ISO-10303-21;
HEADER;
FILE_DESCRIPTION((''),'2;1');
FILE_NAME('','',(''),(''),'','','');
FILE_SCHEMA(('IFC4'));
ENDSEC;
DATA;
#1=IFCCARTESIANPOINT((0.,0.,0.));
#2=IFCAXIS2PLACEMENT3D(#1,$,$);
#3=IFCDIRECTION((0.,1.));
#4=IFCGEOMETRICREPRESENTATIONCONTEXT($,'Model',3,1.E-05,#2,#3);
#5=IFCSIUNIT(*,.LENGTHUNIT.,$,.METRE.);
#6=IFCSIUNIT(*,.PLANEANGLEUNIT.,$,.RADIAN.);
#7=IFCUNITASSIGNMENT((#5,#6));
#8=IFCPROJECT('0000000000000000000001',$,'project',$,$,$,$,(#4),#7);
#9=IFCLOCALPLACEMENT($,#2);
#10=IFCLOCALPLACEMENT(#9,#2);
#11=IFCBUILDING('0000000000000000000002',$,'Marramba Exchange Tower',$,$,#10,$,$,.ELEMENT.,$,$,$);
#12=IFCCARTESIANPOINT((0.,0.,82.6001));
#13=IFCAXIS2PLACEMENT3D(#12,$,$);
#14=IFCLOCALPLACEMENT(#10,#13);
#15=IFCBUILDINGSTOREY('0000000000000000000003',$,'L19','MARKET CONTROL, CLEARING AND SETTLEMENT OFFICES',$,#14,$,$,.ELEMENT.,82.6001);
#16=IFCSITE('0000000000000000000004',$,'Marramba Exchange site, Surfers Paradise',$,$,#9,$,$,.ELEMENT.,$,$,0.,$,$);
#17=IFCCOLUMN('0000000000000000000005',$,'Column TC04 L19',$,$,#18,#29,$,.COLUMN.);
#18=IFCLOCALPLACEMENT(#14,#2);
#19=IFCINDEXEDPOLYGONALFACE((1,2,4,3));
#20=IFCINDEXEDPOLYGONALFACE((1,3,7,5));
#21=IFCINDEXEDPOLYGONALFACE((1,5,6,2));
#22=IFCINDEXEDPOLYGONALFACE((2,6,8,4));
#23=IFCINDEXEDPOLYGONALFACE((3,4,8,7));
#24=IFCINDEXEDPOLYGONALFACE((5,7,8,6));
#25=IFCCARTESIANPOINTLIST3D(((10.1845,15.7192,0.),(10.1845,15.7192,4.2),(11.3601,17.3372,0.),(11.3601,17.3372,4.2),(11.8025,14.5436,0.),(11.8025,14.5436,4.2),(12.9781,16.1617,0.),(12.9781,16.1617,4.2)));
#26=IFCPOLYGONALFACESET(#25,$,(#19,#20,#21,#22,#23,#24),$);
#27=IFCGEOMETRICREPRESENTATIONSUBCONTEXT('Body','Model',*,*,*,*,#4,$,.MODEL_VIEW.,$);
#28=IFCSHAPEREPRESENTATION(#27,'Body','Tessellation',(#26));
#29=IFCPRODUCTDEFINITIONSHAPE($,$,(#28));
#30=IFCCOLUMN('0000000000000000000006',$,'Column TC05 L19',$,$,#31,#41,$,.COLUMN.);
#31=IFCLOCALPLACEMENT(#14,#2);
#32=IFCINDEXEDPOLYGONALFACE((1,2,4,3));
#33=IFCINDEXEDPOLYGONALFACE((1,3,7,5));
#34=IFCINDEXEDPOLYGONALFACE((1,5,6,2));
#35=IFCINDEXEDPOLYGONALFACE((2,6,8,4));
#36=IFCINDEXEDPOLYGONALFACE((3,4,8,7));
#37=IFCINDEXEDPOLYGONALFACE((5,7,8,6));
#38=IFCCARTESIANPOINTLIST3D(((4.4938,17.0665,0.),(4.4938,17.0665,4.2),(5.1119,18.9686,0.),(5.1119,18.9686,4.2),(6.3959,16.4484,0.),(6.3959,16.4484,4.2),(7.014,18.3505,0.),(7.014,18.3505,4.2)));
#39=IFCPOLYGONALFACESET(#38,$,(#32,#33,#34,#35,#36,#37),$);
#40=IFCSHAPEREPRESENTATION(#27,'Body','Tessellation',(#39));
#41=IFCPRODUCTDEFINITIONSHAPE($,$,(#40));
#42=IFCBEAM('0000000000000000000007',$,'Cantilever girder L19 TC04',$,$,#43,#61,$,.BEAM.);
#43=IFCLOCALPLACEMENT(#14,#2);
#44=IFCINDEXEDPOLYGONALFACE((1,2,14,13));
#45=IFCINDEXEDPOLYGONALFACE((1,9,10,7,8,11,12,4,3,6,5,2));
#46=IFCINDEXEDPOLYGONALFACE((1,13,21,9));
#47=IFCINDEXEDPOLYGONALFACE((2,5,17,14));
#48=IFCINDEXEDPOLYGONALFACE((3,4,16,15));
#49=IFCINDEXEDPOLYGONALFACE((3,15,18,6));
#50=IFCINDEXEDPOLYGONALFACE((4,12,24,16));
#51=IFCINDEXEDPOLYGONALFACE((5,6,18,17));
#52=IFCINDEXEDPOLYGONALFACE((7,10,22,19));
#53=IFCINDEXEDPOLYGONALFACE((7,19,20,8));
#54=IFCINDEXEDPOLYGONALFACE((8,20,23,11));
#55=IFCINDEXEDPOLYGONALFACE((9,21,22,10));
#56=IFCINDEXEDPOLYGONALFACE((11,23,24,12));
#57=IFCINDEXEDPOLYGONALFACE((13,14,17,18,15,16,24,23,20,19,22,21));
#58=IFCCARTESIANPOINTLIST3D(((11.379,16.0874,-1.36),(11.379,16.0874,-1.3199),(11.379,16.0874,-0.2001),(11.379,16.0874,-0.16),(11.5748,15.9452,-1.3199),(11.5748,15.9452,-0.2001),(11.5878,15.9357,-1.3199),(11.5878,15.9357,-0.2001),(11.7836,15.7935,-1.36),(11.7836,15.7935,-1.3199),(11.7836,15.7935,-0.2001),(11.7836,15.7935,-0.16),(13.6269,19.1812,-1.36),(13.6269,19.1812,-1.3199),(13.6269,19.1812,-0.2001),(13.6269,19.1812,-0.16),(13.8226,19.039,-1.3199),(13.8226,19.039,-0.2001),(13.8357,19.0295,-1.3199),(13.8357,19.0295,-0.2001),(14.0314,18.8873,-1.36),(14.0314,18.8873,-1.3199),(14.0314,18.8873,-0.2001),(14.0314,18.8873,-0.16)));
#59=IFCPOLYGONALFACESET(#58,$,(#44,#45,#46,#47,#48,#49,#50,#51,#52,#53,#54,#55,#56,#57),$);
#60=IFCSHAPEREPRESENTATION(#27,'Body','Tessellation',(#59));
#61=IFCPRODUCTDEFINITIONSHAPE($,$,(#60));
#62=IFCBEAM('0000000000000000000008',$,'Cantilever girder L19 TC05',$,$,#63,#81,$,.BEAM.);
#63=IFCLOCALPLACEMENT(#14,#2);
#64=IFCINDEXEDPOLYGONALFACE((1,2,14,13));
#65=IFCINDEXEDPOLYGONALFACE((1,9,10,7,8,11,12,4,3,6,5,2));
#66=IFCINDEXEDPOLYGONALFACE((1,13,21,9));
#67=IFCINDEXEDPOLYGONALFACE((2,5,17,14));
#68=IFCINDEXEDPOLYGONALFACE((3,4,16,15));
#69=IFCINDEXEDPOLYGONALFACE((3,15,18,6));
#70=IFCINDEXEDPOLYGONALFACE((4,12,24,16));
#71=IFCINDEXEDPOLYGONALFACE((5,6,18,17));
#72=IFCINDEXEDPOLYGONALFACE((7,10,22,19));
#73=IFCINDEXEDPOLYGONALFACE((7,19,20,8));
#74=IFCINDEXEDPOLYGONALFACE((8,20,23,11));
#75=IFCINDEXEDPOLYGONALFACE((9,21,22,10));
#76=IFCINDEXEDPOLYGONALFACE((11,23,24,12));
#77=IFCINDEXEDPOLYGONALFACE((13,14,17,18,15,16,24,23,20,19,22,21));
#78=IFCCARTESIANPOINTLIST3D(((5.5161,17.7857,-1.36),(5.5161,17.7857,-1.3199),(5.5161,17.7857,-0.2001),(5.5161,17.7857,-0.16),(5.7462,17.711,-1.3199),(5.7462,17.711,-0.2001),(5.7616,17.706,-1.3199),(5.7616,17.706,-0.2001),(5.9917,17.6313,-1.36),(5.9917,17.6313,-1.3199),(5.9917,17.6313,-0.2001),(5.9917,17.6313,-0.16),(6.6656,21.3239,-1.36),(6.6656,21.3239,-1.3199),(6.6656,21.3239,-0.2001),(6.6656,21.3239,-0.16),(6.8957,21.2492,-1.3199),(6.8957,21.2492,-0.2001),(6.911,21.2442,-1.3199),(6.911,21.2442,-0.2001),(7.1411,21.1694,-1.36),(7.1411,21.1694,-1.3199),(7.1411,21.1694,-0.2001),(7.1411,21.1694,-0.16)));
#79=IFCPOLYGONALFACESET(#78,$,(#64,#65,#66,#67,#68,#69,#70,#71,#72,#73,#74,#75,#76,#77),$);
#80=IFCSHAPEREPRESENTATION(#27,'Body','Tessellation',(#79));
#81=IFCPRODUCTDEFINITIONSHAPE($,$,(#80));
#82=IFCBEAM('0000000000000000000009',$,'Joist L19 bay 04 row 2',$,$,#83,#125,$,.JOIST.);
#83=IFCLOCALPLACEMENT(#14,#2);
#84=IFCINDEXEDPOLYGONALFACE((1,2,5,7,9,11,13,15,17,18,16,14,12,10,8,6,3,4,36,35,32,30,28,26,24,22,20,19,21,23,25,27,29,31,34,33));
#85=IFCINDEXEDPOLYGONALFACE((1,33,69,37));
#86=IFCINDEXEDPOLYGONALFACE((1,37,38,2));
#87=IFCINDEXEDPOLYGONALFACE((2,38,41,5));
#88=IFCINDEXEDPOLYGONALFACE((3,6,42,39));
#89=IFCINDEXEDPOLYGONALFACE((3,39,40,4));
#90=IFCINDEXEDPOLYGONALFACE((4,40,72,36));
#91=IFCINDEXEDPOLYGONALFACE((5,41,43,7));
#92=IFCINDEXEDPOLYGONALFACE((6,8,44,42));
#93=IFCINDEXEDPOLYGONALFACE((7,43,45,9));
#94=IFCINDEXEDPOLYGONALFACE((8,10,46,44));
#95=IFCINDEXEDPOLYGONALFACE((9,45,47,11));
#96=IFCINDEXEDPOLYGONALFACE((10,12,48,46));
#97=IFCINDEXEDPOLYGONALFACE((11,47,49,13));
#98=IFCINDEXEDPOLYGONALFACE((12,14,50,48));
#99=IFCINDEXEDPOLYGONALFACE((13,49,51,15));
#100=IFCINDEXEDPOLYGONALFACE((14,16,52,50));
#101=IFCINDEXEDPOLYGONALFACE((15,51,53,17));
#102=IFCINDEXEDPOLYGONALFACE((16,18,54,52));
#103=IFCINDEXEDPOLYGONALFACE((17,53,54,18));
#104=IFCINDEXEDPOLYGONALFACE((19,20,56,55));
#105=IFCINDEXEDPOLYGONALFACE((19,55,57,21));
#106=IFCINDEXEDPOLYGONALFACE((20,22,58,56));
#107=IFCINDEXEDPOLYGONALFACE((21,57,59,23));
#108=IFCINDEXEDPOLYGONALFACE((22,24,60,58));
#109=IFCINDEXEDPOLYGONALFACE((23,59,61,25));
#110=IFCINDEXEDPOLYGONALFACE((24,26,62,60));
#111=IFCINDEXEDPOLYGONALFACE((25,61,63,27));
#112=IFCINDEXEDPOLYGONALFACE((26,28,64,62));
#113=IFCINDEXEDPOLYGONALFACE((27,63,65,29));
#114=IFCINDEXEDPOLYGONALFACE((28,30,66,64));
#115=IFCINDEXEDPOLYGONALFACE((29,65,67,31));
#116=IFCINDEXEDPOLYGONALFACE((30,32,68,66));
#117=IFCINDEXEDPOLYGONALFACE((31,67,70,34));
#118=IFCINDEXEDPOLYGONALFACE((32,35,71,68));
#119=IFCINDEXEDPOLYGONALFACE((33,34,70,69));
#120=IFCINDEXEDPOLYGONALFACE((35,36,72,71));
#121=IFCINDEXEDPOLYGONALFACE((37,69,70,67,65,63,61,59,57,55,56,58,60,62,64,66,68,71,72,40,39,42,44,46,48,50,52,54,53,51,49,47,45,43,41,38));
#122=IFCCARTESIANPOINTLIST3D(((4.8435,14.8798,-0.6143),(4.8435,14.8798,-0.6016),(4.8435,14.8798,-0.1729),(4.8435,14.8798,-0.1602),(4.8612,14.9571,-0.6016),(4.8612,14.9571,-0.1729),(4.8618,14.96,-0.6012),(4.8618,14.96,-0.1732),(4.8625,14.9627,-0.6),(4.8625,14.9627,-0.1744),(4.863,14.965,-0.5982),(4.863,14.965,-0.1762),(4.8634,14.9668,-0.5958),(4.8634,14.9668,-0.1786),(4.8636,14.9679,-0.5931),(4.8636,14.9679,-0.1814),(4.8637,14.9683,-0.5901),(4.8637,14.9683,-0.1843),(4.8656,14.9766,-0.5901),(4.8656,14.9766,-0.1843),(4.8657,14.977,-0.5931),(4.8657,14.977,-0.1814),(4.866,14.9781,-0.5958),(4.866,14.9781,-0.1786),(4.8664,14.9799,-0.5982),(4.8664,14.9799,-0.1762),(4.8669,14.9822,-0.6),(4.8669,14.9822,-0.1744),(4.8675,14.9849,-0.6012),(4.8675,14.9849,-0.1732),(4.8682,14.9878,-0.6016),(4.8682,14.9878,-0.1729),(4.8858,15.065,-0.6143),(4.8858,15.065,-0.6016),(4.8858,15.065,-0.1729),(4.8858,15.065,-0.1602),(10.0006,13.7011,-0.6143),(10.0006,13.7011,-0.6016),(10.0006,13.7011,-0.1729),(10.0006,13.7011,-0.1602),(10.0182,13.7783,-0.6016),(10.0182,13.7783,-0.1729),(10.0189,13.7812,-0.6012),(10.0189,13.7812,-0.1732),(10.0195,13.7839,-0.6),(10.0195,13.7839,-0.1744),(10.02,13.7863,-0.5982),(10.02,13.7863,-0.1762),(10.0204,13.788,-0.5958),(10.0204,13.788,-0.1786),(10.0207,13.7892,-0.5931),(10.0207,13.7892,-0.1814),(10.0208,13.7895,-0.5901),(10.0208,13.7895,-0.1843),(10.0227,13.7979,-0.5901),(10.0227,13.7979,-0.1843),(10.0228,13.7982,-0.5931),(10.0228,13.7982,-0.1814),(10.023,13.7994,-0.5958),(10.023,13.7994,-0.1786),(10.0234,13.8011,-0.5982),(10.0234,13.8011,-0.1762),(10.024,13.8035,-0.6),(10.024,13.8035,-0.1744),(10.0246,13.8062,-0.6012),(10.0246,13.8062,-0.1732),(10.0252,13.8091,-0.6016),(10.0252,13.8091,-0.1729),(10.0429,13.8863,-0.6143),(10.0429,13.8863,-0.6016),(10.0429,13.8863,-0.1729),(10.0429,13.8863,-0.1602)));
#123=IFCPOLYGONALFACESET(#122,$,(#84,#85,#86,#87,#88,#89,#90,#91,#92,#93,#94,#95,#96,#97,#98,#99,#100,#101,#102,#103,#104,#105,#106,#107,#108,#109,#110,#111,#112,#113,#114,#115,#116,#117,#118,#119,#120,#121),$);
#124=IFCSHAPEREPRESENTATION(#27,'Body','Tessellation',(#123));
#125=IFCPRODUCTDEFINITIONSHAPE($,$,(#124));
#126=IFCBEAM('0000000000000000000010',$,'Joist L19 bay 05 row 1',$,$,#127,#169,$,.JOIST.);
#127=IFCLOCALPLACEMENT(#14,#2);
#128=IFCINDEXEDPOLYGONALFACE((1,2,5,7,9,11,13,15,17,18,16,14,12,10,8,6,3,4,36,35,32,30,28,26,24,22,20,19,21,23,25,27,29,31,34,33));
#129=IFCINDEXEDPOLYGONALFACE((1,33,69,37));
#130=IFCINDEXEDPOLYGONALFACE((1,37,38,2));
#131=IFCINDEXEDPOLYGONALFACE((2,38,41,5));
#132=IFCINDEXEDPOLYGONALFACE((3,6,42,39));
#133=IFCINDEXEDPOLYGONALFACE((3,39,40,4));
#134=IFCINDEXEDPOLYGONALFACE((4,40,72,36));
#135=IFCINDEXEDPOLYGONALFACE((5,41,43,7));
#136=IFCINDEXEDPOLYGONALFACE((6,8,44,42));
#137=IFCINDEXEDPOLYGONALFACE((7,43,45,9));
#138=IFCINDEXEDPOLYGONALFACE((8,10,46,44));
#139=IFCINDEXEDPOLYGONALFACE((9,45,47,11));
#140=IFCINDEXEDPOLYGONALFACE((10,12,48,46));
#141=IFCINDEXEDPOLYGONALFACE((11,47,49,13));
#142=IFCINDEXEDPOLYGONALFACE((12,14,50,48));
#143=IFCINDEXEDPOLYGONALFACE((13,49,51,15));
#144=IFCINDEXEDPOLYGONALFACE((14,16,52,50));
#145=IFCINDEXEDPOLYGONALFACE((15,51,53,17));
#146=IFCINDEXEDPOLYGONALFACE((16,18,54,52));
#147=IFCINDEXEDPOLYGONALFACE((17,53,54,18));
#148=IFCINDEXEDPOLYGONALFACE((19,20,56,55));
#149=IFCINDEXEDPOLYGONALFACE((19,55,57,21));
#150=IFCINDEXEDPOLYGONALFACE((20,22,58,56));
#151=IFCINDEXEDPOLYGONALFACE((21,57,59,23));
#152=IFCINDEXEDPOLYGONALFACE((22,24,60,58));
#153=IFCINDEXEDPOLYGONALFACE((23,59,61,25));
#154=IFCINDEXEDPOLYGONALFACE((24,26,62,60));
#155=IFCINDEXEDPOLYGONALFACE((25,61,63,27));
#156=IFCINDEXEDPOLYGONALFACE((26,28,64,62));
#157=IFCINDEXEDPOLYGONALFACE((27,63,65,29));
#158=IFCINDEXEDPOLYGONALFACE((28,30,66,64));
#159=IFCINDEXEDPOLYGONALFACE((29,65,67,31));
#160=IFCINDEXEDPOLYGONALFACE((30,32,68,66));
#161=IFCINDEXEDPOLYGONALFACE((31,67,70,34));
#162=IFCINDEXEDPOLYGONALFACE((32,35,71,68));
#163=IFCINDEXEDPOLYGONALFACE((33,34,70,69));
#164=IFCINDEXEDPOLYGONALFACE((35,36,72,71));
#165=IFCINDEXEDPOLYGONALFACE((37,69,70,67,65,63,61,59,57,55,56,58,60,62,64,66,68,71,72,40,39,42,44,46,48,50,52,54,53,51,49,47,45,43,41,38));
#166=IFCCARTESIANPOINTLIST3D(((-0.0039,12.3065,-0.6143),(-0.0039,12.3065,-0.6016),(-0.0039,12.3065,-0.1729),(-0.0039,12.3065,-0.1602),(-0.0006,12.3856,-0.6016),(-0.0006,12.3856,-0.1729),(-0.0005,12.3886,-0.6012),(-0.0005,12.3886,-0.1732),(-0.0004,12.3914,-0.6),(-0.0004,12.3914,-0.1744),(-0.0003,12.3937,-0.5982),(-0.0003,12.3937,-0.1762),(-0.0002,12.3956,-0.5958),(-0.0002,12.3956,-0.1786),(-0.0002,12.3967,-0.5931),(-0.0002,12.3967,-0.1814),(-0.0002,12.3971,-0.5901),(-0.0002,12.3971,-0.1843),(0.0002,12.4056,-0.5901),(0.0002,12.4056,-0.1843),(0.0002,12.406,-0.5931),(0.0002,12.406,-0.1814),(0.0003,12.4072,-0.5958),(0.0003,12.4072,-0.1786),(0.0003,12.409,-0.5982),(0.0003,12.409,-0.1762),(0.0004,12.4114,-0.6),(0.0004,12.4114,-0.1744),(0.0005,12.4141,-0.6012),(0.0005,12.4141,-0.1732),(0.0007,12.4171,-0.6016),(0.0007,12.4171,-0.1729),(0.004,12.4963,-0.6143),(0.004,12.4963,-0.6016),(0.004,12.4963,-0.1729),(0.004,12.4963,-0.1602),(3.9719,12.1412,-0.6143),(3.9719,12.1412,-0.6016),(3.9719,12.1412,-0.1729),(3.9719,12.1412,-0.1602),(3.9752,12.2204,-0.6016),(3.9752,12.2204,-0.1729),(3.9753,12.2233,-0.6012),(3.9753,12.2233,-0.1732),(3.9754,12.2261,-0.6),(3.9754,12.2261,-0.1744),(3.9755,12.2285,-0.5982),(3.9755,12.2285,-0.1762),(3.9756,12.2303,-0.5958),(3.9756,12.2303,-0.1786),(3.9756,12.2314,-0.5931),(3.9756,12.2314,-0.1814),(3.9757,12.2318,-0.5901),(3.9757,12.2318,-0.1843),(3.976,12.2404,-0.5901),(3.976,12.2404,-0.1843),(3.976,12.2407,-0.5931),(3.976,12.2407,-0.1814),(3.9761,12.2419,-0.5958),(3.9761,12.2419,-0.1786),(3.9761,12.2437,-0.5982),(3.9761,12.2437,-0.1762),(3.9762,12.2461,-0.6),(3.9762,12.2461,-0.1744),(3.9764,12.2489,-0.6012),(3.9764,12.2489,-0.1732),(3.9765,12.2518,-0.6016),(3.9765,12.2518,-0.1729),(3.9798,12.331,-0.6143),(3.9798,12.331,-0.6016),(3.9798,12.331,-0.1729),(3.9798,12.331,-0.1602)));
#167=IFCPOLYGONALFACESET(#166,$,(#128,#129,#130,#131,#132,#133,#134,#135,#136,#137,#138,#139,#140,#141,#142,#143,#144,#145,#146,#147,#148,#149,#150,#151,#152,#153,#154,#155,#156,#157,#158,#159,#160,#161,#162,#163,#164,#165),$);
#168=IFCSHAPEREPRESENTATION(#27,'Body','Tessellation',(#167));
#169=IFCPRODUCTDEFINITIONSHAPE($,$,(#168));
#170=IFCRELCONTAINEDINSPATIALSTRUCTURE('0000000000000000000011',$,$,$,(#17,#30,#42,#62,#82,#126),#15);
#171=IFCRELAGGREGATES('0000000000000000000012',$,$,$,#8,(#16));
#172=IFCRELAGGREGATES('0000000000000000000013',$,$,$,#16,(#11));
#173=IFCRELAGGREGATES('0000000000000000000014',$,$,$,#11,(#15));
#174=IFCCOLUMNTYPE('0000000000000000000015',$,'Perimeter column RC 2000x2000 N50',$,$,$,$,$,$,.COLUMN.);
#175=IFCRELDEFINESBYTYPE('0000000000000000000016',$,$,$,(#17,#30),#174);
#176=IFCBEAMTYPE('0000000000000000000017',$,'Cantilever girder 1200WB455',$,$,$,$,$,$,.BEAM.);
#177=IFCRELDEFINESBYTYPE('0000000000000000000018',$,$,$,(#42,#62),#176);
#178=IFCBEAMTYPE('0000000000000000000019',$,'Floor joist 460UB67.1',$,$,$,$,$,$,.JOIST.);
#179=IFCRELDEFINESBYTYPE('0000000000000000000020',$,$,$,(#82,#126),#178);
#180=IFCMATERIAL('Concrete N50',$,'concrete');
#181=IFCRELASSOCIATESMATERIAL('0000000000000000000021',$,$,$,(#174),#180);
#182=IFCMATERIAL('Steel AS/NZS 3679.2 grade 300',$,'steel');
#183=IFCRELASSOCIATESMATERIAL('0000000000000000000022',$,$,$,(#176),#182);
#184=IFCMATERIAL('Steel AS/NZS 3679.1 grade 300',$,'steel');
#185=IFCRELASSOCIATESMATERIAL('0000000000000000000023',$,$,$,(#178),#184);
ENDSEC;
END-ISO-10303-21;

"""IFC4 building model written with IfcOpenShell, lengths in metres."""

from ifc_helpers import new_model, si_unit, direction, frame, origin, origin_2d, place, context, subcontext, project, spatial, rectangle, i_section, extrude, material, material_profile, profile_set, type_object, element, save


model = new_model("IFC4")

# Units and contexts
model_context = context("Model", 3, precision=1e-05, world=origin(), true_north=direction((0.0, 1.0)))
body_context = subcontext(model_context, "Body", "Model", "MODEL_VIEW")
ifc_project = project(units=[si_unit("LENGTHUNIT", "METRE"), si_unit("PLANEANGLEUNIT", "RADIAN")], contexts=[model_context])

# Site, building, storey
site_placement = place(None, origin())
site = spatial("IfcSite", under=ifc_project, at=site_placement, Name="Marramba Exchange site, Surfers Paradise", CompositionType="ELEMENT", RefElevation=0.0)
building_placement = place(site_placement, origin())
building = spatial("IfcBuilding", under=site, at=building_placement, Name="Marramba Exchange Tower", CompositionType="ELEMENT")
storey_placement = place(building_placement, frame((0.0, 0.0, 82.6001)))
storey = spatial("IfcBuildingStorey", under=building, at=storey_placement, Name="L19", Description="MARKET CONTROL, CLEARING AND SETTLEMENT OFFICES", CompositionType="ELEMENT", Elevation=82.6001)

# Columns
ifc_material_1 = material(Name="Concrete N50", Category="concrete")
ifc_material_profile_1 = material_profile(ifc_material_1, rectangle(XDim=2.0, YDim=2.0, at=origin_2d()), Name="RC 2000x2000")
ifc_profile_set_1 = profile_set([ifc_material_profile_1], Name="Concrete N50")
column_type = type_object("IfcColumnType", Name="Perimeter column RC 2000x2000 N50", PredefinedType="COLUMN", material=ifc_profile_set_1)
for number, where, z_axis, x_axis, name in (
    (1, (11.5813, 15.9404, 0.0), (0.0, 0.0, 1.0), (0.587785, 0.809017, 0.0), "Column TC04 L19"),
    (2, (5.7539, 17.7085, 0.0), (0.0, 0.0, 1.0), (0.309017, 0.951057, 0.0), "Column TC05 L19"),
):
    element("IfcColumn", number, at=place(storey_placement, frame(where, z_axis=z_axis, x_axis=x_axis)), inside=storey, type_object=column_type, Name=name, PredefinedType="COLUMN", context=body_context, shape_type="SweptSolid", body=[
        extrude(rectangle(XDim=2.0, YDim=2.0, at=origin_2d()), origin(), (0.0, 0.0, 1.0), 4.2),
    ])

# Beams
ifc_material_2 = material(Name="Steel AS/NZS 3679.2 grade 300", Category="steel")
ifc_material_profile_2 = material_profile(ifc_material_2, i_section(OverallWidth=0.5, OverallDepth=1.2, WebThickness=0.0161, FlangeThickness=0.04, at=origin_2d()), Name="1200WB455")
ifc_profile_set_2 = profile_set([ifc_material_profile_2], Name="Steel AS/NZS 3679.2 grade 300")
beam_type_1 = type_object("IfcBeamType", Name="Cantilever girder 1200WB455", PredefinedType="BEAM", material=ifc_profile_set_2)
beam_1_placement = place(storey_placement, frame((11.5813, 15.9404, -0.76), z_axis=(0.587796, 0.809009, 0.0), x_axis=(-0.809009, 0.587796, 0.0)))
element("IfcBeam", 3, at=beam_1_placement, inside=storey, type_object=beam_type_1, Name="Cantilever girder L19 TC04", PredefinedType="BEAM", context=body_context, shape_type="SweptSolid", body=[
    extrude(i_section(OverallWidth=0.5, OverallDepth=1.2, WebThickness=0.0161, FlangeThickness=0.04, at=origin_2d()), origin(), (0.0, 0.0, 1.0), 3.8242),
])
beam_2_placement = place(storey_placement, frame((5.7539, 17.7085, -0.76), z_axis=(0.308973, 0.951071, 0.0), x_axis=(-0.951071, 0.308973, 0.0)))
element("IfcBeam", 4, at=beam_2_placement, inside=storey, type_object=beam_type_1, Name="Cantilever girder L19 TC05", PredefinedType="BEAM", context=body_context, shape_type="SweptSolid", body=[
    extrude(i_section(OverallWidth=0.5, OverallDepth=1.2, WebThickness=0.0161, FlangeThickness=0.04, at=origin_2d()), origin(), (0.0, 0.0, 1.0), 3.7202),
])
ifc_material_3 = material(Name="Steel AS/NZS 3679.1 grade 300", Category="steel")
ifc_material_profile_3 = material_profile(ifc_material_3, i_section(OverallWidth=0.1899, OverallDepth=0.4541, WebThickness=0.0085, FlangeThickness=0.0127, FilletRadius=0.0115, at=origin_2d()), Name="460UB67.1")
ifc_profile_set_3 = profile_set([ifc_material_profile_3], Name="Steel AS/NZS 3679.1 grade 300")
beam_type_2 = type_object("IfcBeamType", Name="Floor joist 460UB67.1", PredefinedType="JOIST", material=ifc_profile_set_3)
beam_3_placement = place(storey_placement, frame((10.0217, 13.7937, -0.3872), z_axis=(-0.97486, 0.22282, 0.0), x_axis=(-0.22282, -0.97486, 0.0)))
element("IfcBeam", 5, at=beam_3_placement, inside=storey, type_object=beam_type_2, Name="Joist L19 bay 04 row 2", PredefinedType="JOIST", context=body_context, shape_type="SweptSolid", body=[
    extrude(i_section(OverallWidth=0.1899, OverallDepth=0.4541, WebThickness=0.0085, FlangeThickness=0.0127, FilletRadius=0.0115, at=origin_2d()), origin(), (0.0, 0.0, 1.0), 5.29),
])
beam_4_placement = place(storey_placement, frame((3.9758, 12.2361, -0.3872), z_axis=(-0.999137, 0.041536, 0.0), x_axis=(-0.041536, -0.999137, 0.0)))
element("IfcBeam", 6, at=beam_4_placement, inside=storey, type_object=beam_type_2, Name="Joist L19 bay 05 row 1", PredefinedType="JOIST", context=body_context, shape_type="SweptSolid", body=[
    extrude(i_section(OverallWidth=0.1899, OverallDepth=0.4541, WebThickness=0.0085, FlangeThickness=0.0127, FilletRadius=0.0115, at=origin_2d()), origin(), (0.0, 0.0, 1.0), 3.9792),
])

save(model, "model.ifc")
